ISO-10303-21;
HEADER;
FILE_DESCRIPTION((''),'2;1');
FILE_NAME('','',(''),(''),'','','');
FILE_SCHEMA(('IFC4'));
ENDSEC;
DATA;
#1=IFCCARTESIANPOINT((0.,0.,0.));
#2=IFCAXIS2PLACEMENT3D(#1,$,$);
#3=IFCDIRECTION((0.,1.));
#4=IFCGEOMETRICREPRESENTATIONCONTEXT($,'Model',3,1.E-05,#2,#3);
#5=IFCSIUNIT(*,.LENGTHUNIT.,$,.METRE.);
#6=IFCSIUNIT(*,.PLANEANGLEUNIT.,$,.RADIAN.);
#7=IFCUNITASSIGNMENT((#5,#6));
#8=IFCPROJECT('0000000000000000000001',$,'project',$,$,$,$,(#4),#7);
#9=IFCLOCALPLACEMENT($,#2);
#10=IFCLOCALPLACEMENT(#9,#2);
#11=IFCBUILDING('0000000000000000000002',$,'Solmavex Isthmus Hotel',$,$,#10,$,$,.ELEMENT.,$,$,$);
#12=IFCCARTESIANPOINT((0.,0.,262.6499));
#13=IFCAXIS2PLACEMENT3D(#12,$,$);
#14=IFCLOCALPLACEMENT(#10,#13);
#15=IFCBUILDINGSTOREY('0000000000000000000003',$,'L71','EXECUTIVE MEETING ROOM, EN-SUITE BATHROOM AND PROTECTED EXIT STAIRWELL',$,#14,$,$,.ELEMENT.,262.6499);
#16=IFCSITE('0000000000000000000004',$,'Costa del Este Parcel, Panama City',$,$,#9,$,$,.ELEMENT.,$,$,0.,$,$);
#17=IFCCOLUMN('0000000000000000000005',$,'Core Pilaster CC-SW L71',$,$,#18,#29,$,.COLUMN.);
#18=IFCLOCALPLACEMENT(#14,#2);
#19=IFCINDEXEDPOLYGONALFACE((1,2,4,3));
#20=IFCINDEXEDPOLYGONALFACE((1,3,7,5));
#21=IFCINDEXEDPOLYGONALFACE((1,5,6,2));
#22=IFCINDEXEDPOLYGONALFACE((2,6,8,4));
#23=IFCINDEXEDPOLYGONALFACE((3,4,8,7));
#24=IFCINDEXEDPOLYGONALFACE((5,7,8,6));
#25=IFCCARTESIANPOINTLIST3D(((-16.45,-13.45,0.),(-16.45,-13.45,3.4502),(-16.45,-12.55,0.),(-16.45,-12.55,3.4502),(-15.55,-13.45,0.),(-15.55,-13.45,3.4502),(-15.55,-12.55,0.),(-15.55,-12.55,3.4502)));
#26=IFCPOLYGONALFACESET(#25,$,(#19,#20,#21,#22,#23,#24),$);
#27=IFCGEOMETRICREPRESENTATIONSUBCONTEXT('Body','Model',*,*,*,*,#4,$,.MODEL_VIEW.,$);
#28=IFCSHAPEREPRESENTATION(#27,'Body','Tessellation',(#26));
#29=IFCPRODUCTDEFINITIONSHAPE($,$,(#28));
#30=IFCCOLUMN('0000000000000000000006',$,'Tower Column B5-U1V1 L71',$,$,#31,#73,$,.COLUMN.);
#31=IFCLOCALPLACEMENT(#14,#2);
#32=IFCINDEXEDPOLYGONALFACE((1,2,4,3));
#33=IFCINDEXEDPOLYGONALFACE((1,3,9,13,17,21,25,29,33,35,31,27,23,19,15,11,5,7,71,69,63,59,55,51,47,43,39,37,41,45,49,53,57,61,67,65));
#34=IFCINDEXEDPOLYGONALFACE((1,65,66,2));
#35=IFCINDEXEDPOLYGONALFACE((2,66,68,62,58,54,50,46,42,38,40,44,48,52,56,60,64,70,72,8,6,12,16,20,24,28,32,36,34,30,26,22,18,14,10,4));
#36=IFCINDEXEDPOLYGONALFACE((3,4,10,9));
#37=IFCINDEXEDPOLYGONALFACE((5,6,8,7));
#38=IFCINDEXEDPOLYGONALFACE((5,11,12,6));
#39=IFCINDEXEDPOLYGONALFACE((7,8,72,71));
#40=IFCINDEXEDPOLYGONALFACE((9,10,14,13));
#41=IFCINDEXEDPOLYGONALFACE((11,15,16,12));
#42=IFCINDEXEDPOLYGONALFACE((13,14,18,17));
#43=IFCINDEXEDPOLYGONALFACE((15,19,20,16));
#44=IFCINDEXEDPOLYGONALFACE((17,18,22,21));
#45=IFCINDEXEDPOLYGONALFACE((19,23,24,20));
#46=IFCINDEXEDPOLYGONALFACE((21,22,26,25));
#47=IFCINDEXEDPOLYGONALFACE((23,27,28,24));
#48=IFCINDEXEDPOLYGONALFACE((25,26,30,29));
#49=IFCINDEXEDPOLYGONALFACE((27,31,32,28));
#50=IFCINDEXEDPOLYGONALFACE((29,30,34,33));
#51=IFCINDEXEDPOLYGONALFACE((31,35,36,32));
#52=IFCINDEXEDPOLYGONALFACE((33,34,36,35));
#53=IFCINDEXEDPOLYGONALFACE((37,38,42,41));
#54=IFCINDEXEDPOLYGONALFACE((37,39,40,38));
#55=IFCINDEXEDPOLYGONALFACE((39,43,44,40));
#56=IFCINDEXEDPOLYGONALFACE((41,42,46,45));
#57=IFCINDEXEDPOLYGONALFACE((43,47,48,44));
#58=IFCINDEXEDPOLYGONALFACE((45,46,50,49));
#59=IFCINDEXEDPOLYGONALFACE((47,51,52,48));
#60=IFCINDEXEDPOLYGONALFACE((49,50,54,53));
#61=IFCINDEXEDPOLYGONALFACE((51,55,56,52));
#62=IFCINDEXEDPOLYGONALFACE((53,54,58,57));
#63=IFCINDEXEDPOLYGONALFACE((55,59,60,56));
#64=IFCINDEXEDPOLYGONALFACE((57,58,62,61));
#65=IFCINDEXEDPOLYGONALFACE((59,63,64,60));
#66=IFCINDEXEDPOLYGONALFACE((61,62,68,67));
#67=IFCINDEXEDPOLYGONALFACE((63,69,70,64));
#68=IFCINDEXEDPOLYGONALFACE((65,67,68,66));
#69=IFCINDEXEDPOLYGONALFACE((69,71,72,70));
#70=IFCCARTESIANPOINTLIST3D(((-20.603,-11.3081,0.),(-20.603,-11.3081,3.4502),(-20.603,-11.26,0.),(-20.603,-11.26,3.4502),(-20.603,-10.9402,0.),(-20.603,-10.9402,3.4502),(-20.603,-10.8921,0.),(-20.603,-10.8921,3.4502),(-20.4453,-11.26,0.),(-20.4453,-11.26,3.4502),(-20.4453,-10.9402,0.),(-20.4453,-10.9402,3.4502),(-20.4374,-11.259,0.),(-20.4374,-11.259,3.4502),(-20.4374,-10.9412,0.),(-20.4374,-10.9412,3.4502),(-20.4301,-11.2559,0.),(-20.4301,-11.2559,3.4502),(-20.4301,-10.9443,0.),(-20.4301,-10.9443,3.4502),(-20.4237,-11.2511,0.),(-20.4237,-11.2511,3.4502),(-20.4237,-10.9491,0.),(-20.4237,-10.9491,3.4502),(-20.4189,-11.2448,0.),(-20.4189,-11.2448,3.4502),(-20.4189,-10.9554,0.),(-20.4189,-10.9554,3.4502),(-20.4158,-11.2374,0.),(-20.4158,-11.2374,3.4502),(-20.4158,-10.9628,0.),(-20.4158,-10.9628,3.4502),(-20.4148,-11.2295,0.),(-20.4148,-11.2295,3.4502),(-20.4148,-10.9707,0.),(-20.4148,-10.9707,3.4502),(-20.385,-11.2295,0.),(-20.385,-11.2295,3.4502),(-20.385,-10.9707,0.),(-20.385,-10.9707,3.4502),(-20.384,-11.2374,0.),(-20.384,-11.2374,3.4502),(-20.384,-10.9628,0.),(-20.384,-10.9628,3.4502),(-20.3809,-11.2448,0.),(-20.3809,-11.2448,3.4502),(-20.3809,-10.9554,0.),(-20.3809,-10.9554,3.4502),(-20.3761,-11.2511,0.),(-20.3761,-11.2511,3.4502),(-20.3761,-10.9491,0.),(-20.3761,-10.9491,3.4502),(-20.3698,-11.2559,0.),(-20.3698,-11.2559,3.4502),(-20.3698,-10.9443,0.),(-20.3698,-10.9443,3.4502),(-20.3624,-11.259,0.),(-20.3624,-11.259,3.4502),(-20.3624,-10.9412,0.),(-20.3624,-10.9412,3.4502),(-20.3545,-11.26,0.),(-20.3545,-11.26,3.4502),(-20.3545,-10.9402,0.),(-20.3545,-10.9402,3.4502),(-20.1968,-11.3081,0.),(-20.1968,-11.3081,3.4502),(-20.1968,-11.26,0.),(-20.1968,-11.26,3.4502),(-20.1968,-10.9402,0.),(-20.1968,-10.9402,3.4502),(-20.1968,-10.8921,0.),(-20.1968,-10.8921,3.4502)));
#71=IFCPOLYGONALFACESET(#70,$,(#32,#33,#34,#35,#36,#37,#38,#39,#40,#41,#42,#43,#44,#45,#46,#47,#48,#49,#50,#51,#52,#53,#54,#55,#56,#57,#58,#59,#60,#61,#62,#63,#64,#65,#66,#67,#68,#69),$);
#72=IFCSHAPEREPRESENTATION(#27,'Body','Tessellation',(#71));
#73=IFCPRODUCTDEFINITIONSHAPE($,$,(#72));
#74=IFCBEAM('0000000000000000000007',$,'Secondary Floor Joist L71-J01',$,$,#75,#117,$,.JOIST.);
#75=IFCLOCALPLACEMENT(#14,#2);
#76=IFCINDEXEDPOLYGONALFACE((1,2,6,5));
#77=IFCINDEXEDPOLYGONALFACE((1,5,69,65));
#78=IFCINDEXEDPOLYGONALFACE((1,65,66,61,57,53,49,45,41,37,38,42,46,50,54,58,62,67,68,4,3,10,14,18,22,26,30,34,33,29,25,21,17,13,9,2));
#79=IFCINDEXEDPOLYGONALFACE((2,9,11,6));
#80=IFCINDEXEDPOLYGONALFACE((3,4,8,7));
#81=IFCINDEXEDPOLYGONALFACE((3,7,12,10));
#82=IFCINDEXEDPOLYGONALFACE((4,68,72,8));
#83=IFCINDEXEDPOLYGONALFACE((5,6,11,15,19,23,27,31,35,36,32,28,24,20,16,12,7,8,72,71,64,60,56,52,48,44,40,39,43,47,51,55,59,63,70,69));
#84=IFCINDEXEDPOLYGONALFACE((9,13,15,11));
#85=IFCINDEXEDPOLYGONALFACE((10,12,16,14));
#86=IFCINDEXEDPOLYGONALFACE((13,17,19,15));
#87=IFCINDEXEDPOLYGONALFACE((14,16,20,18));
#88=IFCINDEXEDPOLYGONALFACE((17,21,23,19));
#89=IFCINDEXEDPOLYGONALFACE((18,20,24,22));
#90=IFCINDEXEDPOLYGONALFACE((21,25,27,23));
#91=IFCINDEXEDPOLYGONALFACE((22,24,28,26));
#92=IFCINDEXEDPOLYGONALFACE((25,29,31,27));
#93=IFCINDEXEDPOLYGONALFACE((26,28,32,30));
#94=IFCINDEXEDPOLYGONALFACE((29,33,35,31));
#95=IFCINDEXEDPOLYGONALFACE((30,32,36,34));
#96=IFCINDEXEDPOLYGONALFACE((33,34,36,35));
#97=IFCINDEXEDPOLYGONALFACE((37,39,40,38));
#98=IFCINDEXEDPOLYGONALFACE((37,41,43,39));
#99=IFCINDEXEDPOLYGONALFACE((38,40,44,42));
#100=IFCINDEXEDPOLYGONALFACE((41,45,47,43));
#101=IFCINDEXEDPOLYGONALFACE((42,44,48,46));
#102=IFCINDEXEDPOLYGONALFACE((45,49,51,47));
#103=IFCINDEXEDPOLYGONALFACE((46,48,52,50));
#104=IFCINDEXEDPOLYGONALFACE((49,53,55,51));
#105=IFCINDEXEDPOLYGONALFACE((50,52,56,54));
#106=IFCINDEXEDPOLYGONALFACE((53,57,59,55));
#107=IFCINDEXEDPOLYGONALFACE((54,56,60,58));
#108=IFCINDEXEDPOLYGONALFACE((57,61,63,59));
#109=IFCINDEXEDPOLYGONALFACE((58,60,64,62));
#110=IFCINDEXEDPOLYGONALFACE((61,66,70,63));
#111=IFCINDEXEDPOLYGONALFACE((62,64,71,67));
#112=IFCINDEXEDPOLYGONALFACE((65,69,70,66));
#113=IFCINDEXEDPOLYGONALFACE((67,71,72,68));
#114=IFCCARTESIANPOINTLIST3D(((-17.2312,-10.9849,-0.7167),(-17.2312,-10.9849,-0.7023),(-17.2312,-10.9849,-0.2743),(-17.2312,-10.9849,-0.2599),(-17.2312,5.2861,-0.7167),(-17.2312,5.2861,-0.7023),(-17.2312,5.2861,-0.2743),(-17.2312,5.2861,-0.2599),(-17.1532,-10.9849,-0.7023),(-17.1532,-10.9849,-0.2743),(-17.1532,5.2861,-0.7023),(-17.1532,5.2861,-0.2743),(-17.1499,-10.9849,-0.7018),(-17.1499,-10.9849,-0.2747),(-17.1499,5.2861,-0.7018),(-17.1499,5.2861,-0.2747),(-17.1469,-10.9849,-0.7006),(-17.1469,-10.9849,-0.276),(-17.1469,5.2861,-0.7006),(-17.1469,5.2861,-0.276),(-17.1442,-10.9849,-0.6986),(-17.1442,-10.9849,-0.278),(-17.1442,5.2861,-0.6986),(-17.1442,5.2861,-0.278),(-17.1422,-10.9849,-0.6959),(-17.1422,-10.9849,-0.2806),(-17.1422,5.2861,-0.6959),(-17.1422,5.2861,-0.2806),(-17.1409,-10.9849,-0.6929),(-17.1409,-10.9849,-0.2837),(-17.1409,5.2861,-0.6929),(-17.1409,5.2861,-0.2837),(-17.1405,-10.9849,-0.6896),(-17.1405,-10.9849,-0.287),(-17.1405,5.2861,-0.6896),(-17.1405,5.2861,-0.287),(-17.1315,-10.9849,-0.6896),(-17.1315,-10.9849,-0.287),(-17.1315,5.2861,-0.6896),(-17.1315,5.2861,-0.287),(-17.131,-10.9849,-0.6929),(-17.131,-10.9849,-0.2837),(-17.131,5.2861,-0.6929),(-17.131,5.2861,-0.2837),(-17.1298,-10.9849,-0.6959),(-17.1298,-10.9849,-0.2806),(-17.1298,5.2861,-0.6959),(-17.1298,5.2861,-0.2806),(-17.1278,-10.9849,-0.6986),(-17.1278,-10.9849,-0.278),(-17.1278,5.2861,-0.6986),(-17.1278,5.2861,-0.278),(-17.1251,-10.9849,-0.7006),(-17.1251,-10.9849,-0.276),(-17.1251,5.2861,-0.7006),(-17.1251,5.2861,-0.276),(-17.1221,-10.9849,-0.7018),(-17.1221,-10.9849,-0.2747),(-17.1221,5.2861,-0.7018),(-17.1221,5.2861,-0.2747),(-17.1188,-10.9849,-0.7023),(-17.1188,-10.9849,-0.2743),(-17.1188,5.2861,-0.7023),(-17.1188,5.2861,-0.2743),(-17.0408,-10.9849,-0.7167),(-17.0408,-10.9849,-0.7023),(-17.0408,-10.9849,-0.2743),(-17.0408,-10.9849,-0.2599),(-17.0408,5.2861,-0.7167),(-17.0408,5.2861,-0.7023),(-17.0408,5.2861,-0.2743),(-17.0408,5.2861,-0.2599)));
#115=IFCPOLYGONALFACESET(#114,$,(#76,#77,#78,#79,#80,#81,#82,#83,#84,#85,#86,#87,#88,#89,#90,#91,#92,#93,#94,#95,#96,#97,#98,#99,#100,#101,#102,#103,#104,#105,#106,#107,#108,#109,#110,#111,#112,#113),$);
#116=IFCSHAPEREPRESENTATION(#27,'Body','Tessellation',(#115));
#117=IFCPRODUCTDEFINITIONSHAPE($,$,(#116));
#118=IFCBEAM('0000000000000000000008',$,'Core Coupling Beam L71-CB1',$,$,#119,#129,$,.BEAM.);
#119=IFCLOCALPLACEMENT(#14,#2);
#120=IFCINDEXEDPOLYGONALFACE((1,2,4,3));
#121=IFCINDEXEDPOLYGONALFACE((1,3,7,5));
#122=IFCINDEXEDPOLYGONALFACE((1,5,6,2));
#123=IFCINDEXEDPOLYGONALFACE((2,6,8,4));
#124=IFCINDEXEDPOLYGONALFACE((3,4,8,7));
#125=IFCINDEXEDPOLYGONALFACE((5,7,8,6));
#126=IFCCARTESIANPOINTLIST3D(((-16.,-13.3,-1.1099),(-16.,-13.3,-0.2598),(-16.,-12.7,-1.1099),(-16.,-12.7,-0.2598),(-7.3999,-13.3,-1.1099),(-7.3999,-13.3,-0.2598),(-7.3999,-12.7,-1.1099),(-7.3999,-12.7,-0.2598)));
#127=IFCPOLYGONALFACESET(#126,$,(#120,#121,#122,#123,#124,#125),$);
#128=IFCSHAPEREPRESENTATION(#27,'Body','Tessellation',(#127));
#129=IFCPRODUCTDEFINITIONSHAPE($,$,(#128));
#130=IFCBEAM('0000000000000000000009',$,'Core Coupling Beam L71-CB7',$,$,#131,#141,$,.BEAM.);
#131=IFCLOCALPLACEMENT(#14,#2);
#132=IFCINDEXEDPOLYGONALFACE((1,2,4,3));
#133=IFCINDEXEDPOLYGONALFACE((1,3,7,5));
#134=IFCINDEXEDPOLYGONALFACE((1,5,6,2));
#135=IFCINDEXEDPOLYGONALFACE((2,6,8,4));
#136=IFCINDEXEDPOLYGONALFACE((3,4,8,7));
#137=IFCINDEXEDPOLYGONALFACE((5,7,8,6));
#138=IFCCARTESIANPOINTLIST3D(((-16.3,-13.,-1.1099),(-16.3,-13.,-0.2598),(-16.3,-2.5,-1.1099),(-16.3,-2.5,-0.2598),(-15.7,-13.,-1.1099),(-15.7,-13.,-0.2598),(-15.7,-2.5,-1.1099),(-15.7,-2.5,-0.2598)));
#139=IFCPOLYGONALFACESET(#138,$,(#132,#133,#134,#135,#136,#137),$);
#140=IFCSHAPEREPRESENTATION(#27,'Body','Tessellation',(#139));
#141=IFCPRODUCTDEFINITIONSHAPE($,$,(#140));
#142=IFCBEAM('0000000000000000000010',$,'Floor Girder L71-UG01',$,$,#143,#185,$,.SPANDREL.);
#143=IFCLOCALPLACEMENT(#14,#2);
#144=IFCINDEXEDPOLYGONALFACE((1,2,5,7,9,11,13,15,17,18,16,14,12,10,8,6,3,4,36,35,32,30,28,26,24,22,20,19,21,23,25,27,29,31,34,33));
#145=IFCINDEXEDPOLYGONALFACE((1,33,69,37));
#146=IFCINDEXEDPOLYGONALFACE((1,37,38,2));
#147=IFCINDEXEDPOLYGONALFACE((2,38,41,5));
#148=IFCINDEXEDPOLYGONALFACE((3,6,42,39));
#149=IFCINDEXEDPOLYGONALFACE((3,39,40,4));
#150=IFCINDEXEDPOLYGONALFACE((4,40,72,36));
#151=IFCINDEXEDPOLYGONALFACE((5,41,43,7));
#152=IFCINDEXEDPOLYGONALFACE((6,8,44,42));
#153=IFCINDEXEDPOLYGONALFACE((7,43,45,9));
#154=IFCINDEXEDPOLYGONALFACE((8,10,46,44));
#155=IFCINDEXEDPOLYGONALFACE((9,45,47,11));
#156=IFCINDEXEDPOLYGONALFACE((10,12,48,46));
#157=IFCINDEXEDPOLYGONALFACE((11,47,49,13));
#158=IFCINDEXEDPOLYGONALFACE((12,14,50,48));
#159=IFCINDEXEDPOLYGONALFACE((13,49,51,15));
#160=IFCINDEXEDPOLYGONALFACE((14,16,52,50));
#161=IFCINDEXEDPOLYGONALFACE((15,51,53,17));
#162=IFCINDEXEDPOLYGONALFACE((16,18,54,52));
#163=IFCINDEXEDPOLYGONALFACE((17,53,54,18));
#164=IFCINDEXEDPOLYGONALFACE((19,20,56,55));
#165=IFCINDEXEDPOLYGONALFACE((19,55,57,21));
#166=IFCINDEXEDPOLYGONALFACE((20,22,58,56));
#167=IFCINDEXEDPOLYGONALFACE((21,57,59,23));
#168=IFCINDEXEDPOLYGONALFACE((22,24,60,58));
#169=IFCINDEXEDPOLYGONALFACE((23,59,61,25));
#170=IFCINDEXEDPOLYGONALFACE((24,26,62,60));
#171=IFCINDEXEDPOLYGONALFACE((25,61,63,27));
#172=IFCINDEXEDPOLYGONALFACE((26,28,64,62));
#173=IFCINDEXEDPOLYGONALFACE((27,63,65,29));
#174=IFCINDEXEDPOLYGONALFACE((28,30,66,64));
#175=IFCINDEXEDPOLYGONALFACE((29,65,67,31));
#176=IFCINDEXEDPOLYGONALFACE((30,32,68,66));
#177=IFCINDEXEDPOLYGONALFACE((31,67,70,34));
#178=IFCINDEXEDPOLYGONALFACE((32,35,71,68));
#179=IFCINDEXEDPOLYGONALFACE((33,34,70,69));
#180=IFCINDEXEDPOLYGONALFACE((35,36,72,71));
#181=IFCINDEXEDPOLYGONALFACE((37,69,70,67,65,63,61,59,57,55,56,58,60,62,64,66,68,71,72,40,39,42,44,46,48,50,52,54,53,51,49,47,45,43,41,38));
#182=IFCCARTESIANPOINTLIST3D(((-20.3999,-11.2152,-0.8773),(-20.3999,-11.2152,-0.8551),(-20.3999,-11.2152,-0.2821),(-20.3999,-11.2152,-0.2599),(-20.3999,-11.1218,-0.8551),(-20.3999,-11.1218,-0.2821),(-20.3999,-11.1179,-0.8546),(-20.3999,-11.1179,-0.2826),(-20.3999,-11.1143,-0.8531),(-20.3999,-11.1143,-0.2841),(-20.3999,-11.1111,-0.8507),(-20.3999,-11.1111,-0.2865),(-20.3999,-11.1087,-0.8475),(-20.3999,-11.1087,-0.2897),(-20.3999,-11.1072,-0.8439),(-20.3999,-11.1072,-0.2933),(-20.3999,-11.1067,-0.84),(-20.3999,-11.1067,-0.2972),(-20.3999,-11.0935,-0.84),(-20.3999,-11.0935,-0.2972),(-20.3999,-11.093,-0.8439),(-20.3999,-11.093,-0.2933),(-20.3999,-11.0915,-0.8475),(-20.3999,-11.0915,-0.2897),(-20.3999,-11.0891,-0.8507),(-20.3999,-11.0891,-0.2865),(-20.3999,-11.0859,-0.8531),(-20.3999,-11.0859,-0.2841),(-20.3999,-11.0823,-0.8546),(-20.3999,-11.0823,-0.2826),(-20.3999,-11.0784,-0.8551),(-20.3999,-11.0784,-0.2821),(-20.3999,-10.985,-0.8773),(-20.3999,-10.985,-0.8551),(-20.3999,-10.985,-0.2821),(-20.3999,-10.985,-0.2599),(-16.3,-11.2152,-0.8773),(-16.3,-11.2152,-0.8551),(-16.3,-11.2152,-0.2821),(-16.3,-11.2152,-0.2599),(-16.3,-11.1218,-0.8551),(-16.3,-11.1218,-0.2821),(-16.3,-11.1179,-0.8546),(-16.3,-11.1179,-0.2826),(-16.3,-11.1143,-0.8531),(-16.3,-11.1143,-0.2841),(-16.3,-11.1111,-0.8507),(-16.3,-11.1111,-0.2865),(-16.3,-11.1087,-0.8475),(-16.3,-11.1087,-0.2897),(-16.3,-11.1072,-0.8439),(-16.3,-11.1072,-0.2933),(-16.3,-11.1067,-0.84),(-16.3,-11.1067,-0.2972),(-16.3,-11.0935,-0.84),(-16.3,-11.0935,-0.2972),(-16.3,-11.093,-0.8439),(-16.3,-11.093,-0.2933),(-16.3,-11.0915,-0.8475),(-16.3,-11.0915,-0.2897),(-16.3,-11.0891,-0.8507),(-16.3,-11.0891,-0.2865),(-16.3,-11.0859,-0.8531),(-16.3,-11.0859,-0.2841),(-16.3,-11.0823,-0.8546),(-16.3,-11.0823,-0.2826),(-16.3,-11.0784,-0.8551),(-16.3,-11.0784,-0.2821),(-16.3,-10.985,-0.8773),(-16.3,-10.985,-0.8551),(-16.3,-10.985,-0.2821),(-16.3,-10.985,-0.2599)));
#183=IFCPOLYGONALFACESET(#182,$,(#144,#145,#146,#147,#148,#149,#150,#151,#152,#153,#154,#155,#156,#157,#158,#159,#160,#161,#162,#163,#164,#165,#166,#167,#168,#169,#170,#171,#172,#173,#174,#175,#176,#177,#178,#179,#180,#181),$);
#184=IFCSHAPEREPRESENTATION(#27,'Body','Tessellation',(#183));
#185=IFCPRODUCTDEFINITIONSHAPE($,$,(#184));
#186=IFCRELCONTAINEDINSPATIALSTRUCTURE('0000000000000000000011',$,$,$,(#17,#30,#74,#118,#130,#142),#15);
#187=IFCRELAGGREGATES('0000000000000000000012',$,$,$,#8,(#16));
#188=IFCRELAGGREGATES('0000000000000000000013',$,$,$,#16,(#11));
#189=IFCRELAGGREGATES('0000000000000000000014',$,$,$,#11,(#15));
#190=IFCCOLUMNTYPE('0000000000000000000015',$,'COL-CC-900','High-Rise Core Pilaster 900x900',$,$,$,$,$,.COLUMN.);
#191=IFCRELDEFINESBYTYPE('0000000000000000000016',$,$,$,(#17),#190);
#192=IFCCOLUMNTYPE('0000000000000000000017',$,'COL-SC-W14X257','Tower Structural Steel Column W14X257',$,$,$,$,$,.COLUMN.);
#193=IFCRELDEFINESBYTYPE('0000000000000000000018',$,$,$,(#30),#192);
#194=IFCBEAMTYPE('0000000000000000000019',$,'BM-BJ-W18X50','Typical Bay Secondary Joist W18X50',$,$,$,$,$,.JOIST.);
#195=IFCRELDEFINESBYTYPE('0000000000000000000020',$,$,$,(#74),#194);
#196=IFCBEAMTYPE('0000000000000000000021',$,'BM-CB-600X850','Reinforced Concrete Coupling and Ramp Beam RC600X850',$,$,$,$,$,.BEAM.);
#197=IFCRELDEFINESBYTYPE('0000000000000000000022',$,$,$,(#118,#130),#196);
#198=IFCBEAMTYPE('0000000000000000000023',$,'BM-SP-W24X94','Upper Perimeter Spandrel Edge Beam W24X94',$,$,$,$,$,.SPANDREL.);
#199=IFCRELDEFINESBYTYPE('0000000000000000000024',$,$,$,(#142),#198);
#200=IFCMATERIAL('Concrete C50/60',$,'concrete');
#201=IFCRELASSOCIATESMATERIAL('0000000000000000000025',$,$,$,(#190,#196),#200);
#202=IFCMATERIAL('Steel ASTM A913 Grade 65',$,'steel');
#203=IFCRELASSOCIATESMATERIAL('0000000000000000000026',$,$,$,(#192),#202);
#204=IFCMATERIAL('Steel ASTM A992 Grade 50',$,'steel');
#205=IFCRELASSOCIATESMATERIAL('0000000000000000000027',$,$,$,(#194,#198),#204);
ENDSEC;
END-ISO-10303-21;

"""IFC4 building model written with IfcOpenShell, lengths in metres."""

from ifc_helpers import new_model, si_unit, direction, frame, origin, origin_2d, place, context, subcontext, project, spatial, rectangle, i_section, extrude, material, material_profile, profile_set, type_object, element, save


model = new_model("IFC4")

# Units and contexts
model_context = context("Model", 3, precision=1e-05, world=origin(), true_north=direction((0.0, 1.0)))
body_context = subcontext(model_context, "Body", "Model", "MODEL_VIEW")
ifc_project = project(units=[si_unit("LENGTHUNIT", "METRE"), si_unit("PLANEANGLEUNIT", "RADIAN")], contexts=[model_context])

# Site, building, storey
site_placement = place(None, origin())
site = spatial("IfcSite", under=ifc_project, at=site_placement, Name="Costa del Este Parcel, Panama City", CompositionType="ELEMENT", RefElevation=0.0)
building_placement = place(site_placement, origin())
building = spatial("IfcBuilding", under=site, at=building_placement, Name="Solmavex Isthmus Hotel", CompositionType="ELEMENT")
storey_placement = place(building_placement, frame((0.0, 0.0, 262.6499)))
storey = spatial("IfcBuildingStorey", under=building, at=storey_placement, Name="L71", Description="EXECUTIVE MEETING ROOM, EN-SUITE BATHROOM AND PROTECTED EXIT STAIRWELL", CompositionType="ELEMENT", Elevation=262.6499)

# Columns
ifc_material_1 = material(Name="Concrete C50/60", Category="concrete")
ifc_material_profile_1 = material_profile(ifc_material_1, rectangle(XDim=0.8999, YDim=0.8999, at=origin_2d()), Name="RC900X900")
ifc_profile_set_1 = profile_set([ifc_material_profile_1], Name="Concrete C50/60")
column_type_1 = type_object("IfcColumnType", Name="COL-CC-900", Description="High-Rise Core Pilaster 900x900", PredefinedType="COLUMN", material=ifc_profile_set_1)
column_1_placement = place(storey_placement, frame((-16.0, -13.0, 0.0), z_axis=(0.0, 0.0, 1.0), x_axis=(1.0, 0.0, 0.0)))
element("IfcColumn", 1, at=column_1_placement, inside=storey, type_object=column_type_1, Name="Core Pilaster CC-SW L71", PredefinedType="COLUMN", context=body_context, shape_type="SweptSolid", body=[
    extrude(rectangle(XDim=0.8999, YDim=0.8999, at=origin_2d()), origin(), (0.0, 0.0, 1.0), 3.4502),
])
ifc_material_2 = material(Name="Steel ASTM A913 Grade 65", Category="steel")
ifc_material_profile_2 = material_profile(ifc_material_2, i_section(OverallWidth=0.4062, OverallDepth=0.416, WebThickness=0.0298, FlangeThickness=0.0481, FilletRadius=0.0305, at=origin_2d()), Name="W14X257")
ifc_profile_set_2 = profile_set([ifc_material_profile_2], Name="Steel ASTM A913 Grade 65")
column_type_2 = type_object("IfcColumnType", Name="COL-SC-W14X257", Description="Tower Structural Steel Column W14X257", PredefinedType="COLUMN", material=ifc_profile_set_2)
column_2_placement = place(storey_placement, frame((-20.3999, -11.1001, 0.0), z_axis=(0.0, 0.0, 1.0), x_axis=(1.0, 0.0, 0.0)))
element("IfcColumn", 2, at=column_2_placement, inside=storey, type_object=column_type_2, Name="Tower Column B5-U1V1 L71", PredefinedType="COLUMN", context=body_context, shape_type="SweptSolid", body=[
    extrude(i_section(OverallWidth=0.4062, OverallDepth=0.416, WebThickness=0.0298, FlangeThickness=0.0481, FilletRadius=0.0305, at=origin_2d()), origin(), (0.0, 0.0, 1.0), 3.4502),
])

# Beams
ifc_material_3 = material(Name="Steel ASTM A992 Grade 50", Category="steel")
ifc_material_profile_3 = material_profile(ifc_material_3, i_section(OverallWidth=0.1904, OverallDepth=0.4568, WebThickness=0.009, FlangeThickness=0.0144, FilletRadius=0.0127, at=origin_2d()), Name="W18X50")
ifc_profile_set_3 = profile_set([ifc_material_profile_3], Name="Steel ASTM A992 Grade 50")
beam_type_1 = type_object("IfcBeamType", Name="BM-BJ-W18X50", Description="Typical Bay Secondary Joist W18X50", PredefinedType="JOIST", material=ifc_profile_set_3)
beam_1_placement = place(storey_placement, frame((-17.136, -10.9849, -0.4883), z_axis=(0.0, 1.0, 0.0), x_axis=(-1.0, 0.0, 0.0)))
element("IfcBeam", 3, at=beam_1_placement, inside=storey, type_object=beam_type_1, Name="Secondary Floor Joist L71-J01", PredefinedType="JOIST", context=body_context, shape_type="SweptSolid", body=[
    extrude(i_section(OverallWidth=0.1904, OverallDepth=0.4568, WebThickness=0.009, FlangeThickness=0.0144, FilletRadius=0.0127, at=origin_2d()), origin(), (0.0, 0.0, 1.0), 16.271),
])
ifc_material_profile_4 = material_profile(ifc_material_1, rectangle(XDim=0.6001, YDim=0.8501, at=origin_2d()), Name="RC600X850")
ifc_profile_set_4 = profile_set([ifc_material_profile_4], Name="Concrete C50/60")
beam_type_2 = type_object("IfcBeamType", Name="BM-CB-600X850", Description="Reinforced Concrete Coupling and Ramp Beam RC600X850", PredefinedType="BEAM", material=ifc_profile_set_4)
beam_2_placement = place(storey_placement, frame((-16.0, -13.0, -0.6848), z_axis=(1.0, 0.0, 0.0), x_axis=(0.0, 1.0, 0.0)))
element("IfcBeam", 4, at=beam_2_placement, inside=storey, type_object=beam_type_2, Name="Core Coupling Beam L71-CB1", PredefinedType="BEAM", context=body_context, shape_type="SweptSolid", body=[
    extrude(rectangle(XDim=0.6001, YDim=0.8501, at=origin_2d()), origin(), (0.0, 0.0, 1.0), 8.6001),
])
beam_3_placement = place(storey_placement, frame((-16.0, -13.0, -0.6848), z_axis=(0.0, 1.0, 0.0), x_axis=(-1.0, 0.0, 0.0)))
element("IfcBeam", 5, at=beam_3_placement, inside=storey, type_object=beam_type_2, Name="Core Coupling Beam L71-CB7", PredefinedType="BEAM", context=body_context, shape_type="SweptSolid", body=[
    extrude(rectangle(XDim=0.6001, YDim=0.8501, at=origin_2d()), origin(), (0.0, 0.0, 1.0), 10.5),
])
ifc_material_profile_5 = material_profile(ifc_material_3, i_section(OverallWidth=0.2302, OverallDepth=0.6174, WebThickness=0.0132, FlangeThickness=0.0222, FilletRadius=0.0151, at=origin_2d()), Name="W24X94")
ifc_profile_set_5 = profile_set([ifc_material_profile_5], Name="Steel ASTM A992 Grade 50")
beam_type_3 = type_object("IfcBeamType", Name="BM-SP-W24X94", Description="Upper Perimeter Spandrel Edge Beam W24X94", PredefinedType="SPANDREL", material=ifc_profile_set_5)
beam_4_placement = place(storey_placement, frame((-20.3999, -11.1001, -0.5686), z_axis=(1.0, 0.0, 0.0), x_axis=(0.0, 1.0, 0.0)))
element("IfcBeam", 6, at=beam_4_placement, inside=storey, type_object=beam_type_3, Name="Floor Girder L71-UG01", PredefinedType="SPANDREL", context=body_context, shape_type="SweptSolid", body=[
    extrude(i_section(OverallWidth=0.2302, OverallDepth=0.6174, WebThickness=0.0132, FlangeThickness=0.0222, FilletRadius=0.0151, at=origin_2d()), origin(), (0.0, 0.0, 1.0), 4.0999),
])

save(model, "model.ifc")
